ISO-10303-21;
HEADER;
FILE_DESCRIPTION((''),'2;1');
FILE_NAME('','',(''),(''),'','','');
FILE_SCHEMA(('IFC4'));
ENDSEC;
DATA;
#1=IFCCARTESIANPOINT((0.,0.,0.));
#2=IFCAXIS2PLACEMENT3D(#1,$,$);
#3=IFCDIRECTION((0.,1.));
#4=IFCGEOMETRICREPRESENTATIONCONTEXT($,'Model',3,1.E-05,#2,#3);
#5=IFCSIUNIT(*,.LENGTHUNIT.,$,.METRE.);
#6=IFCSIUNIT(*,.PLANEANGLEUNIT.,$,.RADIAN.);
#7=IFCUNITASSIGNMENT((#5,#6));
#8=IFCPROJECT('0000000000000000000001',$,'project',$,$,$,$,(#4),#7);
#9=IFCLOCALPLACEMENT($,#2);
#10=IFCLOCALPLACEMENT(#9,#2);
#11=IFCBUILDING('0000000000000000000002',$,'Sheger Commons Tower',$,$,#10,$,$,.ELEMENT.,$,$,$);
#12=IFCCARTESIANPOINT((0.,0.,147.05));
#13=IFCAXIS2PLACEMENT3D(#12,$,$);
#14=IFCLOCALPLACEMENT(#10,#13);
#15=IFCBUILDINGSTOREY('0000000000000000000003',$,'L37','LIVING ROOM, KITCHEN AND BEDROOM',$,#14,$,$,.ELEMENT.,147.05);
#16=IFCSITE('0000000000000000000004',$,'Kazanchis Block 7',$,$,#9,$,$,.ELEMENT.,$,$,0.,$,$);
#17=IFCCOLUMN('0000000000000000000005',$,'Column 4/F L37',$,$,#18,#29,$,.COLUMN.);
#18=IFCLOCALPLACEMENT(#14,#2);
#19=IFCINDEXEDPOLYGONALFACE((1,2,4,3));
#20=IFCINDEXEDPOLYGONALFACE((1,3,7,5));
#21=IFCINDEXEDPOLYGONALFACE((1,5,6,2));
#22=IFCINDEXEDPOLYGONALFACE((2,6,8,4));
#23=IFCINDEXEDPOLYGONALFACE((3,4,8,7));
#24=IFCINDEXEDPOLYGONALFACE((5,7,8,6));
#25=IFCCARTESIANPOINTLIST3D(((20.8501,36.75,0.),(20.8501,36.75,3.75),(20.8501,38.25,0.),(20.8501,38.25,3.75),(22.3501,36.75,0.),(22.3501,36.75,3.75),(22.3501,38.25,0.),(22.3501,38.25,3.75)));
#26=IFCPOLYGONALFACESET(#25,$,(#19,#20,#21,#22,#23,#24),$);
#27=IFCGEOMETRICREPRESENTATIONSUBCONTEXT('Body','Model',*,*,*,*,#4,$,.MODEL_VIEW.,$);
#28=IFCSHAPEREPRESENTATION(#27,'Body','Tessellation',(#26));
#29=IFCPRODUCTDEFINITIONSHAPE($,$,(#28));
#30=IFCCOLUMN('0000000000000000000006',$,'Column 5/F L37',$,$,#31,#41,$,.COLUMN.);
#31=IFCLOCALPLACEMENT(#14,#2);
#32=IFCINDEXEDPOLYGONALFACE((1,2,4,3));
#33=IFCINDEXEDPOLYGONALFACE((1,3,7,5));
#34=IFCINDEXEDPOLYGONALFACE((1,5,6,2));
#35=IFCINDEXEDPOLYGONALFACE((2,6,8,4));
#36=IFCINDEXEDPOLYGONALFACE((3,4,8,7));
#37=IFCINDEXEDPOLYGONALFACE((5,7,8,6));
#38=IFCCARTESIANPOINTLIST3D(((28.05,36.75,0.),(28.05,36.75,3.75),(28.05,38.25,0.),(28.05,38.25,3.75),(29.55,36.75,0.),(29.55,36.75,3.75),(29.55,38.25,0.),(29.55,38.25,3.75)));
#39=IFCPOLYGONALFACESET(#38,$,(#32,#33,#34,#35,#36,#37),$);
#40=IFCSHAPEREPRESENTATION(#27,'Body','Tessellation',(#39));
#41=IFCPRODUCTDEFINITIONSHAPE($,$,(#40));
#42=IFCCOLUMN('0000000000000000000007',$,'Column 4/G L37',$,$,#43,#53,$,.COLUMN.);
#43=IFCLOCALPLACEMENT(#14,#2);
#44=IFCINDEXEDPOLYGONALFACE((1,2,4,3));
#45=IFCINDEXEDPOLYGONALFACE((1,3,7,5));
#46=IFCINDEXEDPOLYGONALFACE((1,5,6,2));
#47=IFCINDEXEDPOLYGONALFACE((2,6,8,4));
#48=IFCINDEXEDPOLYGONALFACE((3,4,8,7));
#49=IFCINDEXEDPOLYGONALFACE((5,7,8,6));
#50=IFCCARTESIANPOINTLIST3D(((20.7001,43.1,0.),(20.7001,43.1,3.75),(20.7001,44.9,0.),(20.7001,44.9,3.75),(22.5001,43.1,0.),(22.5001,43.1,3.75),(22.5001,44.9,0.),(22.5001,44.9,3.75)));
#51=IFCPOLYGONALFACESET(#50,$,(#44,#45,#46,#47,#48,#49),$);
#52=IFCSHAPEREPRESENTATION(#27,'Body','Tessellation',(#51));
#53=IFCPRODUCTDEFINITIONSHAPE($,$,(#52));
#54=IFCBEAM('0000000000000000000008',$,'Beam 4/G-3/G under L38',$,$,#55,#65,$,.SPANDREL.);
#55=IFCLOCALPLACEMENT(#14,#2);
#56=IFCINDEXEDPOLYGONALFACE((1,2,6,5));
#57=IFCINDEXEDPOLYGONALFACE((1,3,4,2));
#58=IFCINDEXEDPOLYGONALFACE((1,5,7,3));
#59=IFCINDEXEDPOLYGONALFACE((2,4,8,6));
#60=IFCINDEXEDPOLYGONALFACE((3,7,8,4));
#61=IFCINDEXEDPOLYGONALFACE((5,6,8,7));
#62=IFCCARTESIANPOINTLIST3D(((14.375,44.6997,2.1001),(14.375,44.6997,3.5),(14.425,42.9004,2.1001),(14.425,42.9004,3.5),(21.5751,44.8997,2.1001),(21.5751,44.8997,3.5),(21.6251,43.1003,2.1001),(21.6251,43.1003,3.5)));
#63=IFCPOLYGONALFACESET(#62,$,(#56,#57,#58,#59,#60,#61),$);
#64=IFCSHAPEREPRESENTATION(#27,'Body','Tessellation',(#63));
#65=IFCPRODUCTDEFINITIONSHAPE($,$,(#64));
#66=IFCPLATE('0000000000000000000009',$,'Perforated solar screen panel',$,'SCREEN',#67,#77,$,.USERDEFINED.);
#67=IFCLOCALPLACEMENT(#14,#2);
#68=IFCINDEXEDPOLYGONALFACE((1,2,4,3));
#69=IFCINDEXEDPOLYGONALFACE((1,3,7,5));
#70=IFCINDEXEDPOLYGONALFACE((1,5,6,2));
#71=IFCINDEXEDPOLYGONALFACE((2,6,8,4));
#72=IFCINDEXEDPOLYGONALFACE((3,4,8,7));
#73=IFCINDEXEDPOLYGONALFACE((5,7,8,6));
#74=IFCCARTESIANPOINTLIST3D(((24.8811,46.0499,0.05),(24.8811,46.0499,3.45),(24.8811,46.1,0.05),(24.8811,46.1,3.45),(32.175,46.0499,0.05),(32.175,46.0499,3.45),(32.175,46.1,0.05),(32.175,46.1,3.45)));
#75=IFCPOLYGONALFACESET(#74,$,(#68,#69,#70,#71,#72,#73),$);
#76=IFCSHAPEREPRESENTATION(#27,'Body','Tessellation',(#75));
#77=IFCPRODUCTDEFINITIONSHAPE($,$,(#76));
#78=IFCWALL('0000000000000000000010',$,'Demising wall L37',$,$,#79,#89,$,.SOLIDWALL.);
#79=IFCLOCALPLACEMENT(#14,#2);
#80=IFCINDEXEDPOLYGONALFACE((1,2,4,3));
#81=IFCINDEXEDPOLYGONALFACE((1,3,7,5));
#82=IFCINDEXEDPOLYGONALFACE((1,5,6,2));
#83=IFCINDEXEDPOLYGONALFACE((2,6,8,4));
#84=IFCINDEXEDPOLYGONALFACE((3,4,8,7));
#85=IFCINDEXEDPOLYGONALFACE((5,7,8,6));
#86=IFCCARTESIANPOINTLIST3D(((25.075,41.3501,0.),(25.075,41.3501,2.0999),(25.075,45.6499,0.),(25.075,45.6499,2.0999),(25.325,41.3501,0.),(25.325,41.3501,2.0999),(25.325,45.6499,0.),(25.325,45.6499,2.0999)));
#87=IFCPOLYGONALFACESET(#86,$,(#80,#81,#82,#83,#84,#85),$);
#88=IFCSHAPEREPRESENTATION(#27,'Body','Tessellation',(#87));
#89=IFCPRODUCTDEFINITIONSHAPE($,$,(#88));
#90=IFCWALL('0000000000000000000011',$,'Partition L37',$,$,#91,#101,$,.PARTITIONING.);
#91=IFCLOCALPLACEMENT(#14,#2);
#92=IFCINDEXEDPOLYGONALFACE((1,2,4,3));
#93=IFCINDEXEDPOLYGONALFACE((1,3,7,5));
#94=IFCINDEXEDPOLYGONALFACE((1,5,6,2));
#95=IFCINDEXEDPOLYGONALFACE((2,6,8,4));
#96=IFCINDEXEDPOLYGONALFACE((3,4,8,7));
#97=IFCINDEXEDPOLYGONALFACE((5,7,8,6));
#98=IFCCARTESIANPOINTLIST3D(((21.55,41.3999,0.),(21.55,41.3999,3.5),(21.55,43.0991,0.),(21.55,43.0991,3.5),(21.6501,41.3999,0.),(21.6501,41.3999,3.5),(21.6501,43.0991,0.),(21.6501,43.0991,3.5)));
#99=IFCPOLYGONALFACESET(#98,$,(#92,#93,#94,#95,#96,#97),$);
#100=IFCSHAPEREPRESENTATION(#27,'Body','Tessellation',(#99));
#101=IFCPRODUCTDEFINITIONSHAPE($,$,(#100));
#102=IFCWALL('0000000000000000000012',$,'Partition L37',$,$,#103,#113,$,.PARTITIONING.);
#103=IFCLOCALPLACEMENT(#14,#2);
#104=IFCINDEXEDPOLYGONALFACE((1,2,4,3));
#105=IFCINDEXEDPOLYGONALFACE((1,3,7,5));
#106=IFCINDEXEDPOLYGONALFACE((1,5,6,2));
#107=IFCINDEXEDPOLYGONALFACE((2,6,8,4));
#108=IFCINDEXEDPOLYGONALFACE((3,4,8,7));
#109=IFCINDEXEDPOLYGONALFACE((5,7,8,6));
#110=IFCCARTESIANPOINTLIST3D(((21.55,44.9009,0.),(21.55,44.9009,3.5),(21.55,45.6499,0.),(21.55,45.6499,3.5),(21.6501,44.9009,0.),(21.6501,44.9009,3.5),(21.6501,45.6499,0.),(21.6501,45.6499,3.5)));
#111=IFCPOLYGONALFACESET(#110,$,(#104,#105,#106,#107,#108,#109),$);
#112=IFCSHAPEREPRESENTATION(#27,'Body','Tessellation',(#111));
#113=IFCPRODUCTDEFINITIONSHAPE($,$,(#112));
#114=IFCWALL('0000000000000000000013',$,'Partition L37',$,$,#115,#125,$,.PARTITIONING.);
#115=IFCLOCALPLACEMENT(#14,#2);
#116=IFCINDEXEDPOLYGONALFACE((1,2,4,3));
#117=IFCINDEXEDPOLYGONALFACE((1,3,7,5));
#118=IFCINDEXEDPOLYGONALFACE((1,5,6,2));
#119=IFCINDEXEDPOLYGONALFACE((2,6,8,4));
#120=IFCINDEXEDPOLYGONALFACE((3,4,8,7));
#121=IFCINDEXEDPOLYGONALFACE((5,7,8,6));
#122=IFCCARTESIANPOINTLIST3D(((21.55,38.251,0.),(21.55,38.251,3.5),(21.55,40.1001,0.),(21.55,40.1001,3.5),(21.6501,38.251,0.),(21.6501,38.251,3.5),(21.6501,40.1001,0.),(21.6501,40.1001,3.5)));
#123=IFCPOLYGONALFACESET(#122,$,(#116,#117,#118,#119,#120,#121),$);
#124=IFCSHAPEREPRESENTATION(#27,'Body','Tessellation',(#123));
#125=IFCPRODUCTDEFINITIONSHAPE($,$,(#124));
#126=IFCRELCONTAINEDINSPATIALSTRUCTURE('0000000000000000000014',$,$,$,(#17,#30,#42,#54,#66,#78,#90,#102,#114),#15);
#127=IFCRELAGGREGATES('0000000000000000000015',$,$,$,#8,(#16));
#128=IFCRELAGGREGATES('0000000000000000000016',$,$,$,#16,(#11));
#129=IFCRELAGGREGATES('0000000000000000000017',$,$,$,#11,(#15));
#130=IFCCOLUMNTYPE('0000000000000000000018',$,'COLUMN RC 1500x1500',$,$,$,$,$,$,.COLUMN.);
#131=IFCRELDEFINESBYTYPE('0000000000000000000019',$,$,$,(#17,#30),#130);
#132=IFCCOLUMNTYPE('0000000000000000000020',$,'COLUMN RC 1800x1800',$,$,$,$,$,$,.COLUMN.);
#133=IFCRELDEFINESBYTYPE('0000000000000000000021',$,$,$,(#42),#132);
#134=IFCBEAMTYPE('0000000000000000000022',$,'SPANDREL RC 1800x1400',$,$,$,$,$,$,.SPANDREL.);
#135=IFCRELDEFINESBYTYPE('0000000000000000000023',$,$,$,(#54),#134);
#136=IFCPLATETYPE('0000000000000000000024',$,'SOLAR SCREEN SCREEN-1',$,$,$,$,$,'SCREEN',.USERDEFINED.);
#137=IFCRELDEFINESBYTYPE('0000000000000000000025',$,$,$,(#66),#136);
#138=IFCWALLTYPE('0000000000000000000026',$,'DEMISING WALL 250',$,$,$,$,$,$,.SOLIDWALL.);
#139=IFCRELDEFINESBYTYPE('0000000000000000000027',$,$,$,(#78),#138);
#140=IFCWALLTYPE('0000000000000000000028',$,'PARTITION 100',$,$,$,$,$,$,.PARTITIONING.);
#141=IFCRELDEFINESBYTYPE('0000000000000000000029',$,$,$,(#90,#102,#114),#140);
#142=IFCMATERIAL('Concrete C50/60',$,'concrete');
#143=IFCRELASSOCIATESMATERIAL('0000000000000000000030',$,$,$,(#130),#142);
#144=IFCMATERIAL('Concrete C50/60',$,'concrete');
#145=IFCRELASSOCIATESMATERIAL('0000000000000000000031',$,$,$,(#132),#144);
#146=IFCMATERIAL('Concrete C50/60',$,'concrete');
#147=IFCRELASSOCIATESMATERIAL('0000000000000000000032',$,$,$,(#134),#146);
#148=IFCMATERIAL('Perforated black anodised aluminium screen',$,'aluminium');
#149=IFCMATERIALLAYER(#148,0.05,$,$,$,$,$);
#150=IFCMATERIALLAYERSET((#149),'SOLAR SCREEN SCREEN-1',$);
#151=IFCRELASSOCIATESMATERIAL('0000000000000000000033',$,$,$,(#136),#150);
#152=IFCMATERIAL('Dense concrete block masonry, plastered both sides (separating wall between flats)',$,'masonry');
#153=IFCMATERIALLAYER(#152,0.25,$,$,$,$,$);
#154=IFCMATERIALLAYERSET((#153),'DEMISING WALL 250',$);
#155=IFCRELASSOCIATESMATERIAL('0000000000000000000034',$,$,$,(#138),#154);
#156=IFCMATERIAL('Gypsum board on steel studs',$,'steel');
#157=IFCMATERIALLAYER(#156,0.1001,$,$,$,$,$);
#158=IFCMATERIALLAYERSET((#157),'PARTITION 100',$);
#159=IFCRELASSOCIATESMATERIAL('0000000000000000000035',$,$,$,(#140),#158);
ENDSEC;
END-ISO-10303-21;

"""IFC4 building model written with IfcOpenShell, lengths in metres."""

from ifc_helpers import new_model, si_unit, direction, frame, frame_2d, origin, origin_2d, place, context, subcontext, project, spatial, rectangle, extrude, material, layer, layer_set, material_profile, profile_set, type_object, element, save


model = new_model("IFC4")

# Units and contexts
model_context = context("Model", 3, precision=1e-05, world=origin(), true_north=direction((0.0, 1.0)))
body_context = subcontext(model_context, "Body", "Model", "MODEL_VIEW")
ifc_project = project(units=[si_unit("LENGTHUNIT", "METRE"), si_unit("PLANEANGLEUNIT", "RADIAN")], contexts=[model_context])

# Site, building, storey
site_placement = place(None, origin())
site = spatial("IfcSite", under=ifc_project, at=site_placement, Name="Kazanchis Block 7", CompositionType="ELEMENT", RefElevation=0.0)
building_placement = place(site_placement, origin())
building = spatial("IfcBuilding", under=site, at=building_placement, Name="Sheger Commons Tower", CompositionType="ELEMENT")
storey_placement = place(building_placement, frame((0.0, 0.0, 147.05)))
storey = spatial("IfcBuildingStorey", under=building, at=storey_placement, Name="L37", Description="LIVING ROOM, KITCHEN AND BEDROOM", CompositionType="ELEMENT", Elevation=147.05)

# Columns
ifc_material_1 = material(Name="Concrete C50/60", Category="concrete")
ifc_material_profile_1 = material_profile(ifc_material_1, rectangle(XDim=1.5, YDim=1.5, at=origin_2d()), Name="RC 1500x1500")
ifc_profile_set_1 = profile_set([ifc_material_profile_1], Name="Concrete C50/60")
column_type_1 = type_object("IfcColumnType", Name="COLUMN RC 1500x1500", PredefinedType="COLUMN", material=ifc_profile_set_1)
for number, where, z_axis, x_axis, name in (
    (1, (21.6001, 37.5, 0.0), (0.0, 0.0, 1.0), (1.0, 0.0, 0.0), "Column 4/F L37"),
    (2, (28.8, 37.5, 0.0), (0.0, 0.0, 1.0), (1.0, 0.0, 0.0), "Column 5/F L37"),
):
    element("IfcColumn", number, at=place(storey_placement, frame(where, z_axis=z_axis, x_axis=x_axis)), inside=storey, type_object=column_type_1, Name=name, PredefinedType="COLUMN", context=body_context, shape_type="SweptSolid", body=[
        extrude(rectangle(XDim=1.5, YDim=1.5, at=origin_2d()), origin(), (0.0, 0.0, 1.0), 3.75),
    ])
ifc_material_2 = material(Name="Concrete C50/60", Category="concrete")
ifc_material_profile_2 = material_profile(ifc_material_2, rectangle(XDim=1.8, YDim=1.8, at=origin_2d()), Name="RC 1800x1800")
ifc_profile_set_2 = profile_set([ifc_material_profile_2], Name="Concrete C50/60")
column_type_2 = type_object("IfcColumnType", Name="COLUMN RC 1800x1800", PredefinedType="COLUMN", material=ifc_profile_set_2)
column_placement = place(storey_placement, frame((21.6001, 44.0, 0.0), z_axis=(0.0, 0.0, 1.0), x_axis=(1.0, 0.0, 0.0)))
element("IfcColumn", 3, at=column_placement, inside=storey, type_object=column_type_2, Name="Column 4/G L37", PredefinedType="COLUMN", context=body_context, shape_type="SweptSolid", body=[
    extrude(rectangle(XDim=1.8, YDim=1.8, at=origin_2d()), origin(), (0.0, 0.0, 1.0), 3.75),
])

# Beam
ifc_material_3 = material(Name="Concrete C50/60", Category="concrete")
ifc_material_profile_3 = material_profile(ifc_material_3, rectangle(XDim=1.8, YDim=1.3999, at=origin_2d()), Name="RC 1800x1400")
ifc_profile_set_3 = profile_set([ifc_material_profile_3], Name="Concrete C50/60")
beam_type = type_object("IfcBeamType", Name="SPANDREL RC 1800x1400", PredefinedType="SPANDREL", material=ifc_profile_set_3)
beam_placement = place(storey_placement, frame((21.6001, 44.0, 2.8), z_axis=(-0.999615, -0.02776, 0.0), x_axis=(0.02776, -0.999615, 0.0)))
element("IfcBeam", 4, at=beam_placement, inside=storey, type_object=beam_type, Name="Beam 4/G-3/G under L38", PredefinedType="SPANDREL", context=body_context, shape_type="SweptSolid", body=[
    extrude(rectangle(XDim=1.8, YDim=1.3999, at=origin_2d()), origin(), (0.0, 0.0, 1.0), 7.2029),
])

# Plate
ifc_material_4 = material(Name="Perforated black anodised aluminium screen", Category="aluminium")
ifc_layer_1 = layer(ifc_material_4, 0.05)
ifc_layer_set_1 = layer_set([ifc_layer_1], Name="SOLAR SCREEN SCREEN-1")
plate_type = type_object("IfcPlateType", Name="SOLAR SCREEN SCREEN-1", ElementType="SCREEN", PredefinedType="USERDEFINED", material=ifc_layer_set_1)
plate_placement = place(storey_placement, frame((28.5281, 46.075, 0.05), z_axis=(0.0, 0.0, 1.0), x_axis=(-1.0, 0.0, 0.0)))
element("IfcPlate", 5, at=plate_placement, inside=storey, type_object=plate_type, Name="Perforated solar screen panel", ObjectType="SCREEN", PredefinedType="USERDEFINED", context=body_context, shape_type="SweptSolid", body=[
    extrude(rectangle(XDim=7.2939, YDim=0.05, at=origin_2d()), origin(), (0.0, 0.0, 1.0), 3.3999),
])

# Walls
ifc_material_5 = material(Name="Dense concrete block masonry, plastered both sides (separating wall between flats)", Category="masonry")
ifc_layer_2 = layer(ifc_material_5, 0.25)
ifc_layer_set_2 = layer_set([ifc_layer_2], Name="DEMISING WALL 250")
wall_type_1 = type_object("IfcWallType", Name="DEMISING WALL 250", PredefinedType="SOLIDWALL", material=ifc_layer_set_2)
wall_1_placement = place(storey_placement, frame((25.2, 41.3501, 0.0), z_axis=(0.0, 0.0, 1.0), x_axis=(0.0, 1.0, 0.0)))
element("IfcWall", 6, at=wall_1_placement, inside=storey, type_object=wall_type_1, Name="Demising wall L37", PredefinedType="SOLIDWALL", context=body_context, shape_type="SweptSolid", body=[
    extrude(rectangle(XDim=4.2998, YDim=0.25, at=frame_2d((2.1499, 0.0))), origin(), (0.0, 0.0, 1.0), 2.0999),
])
ifc_material_6 = material(Name="Gypsum board on steel studs", Category="steel")
ifc_layer_3 = layer(ifc_material_6, 0.1001)
ifc_layer_set_3 = layer_set([ifc_layer_3], Name="PARTITION 100")
wall_type_2 = type_object("IfcWallType", Name="PARTITION 100", PredefinedType="PARTITIONING", material=ifc_layer_set_3)
wall_2_placement = place(storey_placement, frame((21.6001, 41.3999, 0.0), z_axis=(0.0, 0.0, 1.0), x_axis=(0.0, 1.0, 0.0)))
element("IfcWall", 7, at=wall_2_placement, inside=storey, type_object=wall_type_2, Name="Partition L37", PredefinedType="PARTITIONING", context=body_context, shape_type="SweptSolid", body=[
    extrude(rectangle(XDim=1.6992, YDim=0.1001, at=frame_2d((0.8496, 0.0))), origin(), (0.0, 0.0, 1.0), 3.5),
])
wall_3_placement = place(storey_placement, frame((21.6001, 44.9009, 0.0), z_axis=(0.0, 0.0, 1.0), x_axis=(0.0, 1.0, 0.0)))
element("IfcWall", 8, at=wall_3_placement, inside=storey, type_object=wall_type_2, Name="Partition L37", PredefinedType="PARTITIONING", context=body_context, shape_type="SweptSolid", body=[
    extrude(rectangle(XDim=0.749, YDim=0.1001, at=frame_2d((0.3745, 0.0))), origin(), (0.0, 0.0, 1.0), 3.5),
])
wall_4_placement = place(storey_placement, frame((21.6001, 38.251, 0.0), z_axis=(0.0, 0.0, 1.0), x_axis=(0.0, 1.0, 0.0)))
element("IfcWall", 9, at=wall_4_placement, inside=storey, type_object=wall_type_2, Name="Partition L37", PredefinedType="PARTITIONING", context=body_context, shape_type="SweptSolid", body=[
    extrude(rectangle(XDim=1.8491, YDim=0.1001, at=frame_2d((0.9246, 0.0))), origin(), (0.0, 0.0, 1.0), 3.5),
])

save(model, "model.ifc")
